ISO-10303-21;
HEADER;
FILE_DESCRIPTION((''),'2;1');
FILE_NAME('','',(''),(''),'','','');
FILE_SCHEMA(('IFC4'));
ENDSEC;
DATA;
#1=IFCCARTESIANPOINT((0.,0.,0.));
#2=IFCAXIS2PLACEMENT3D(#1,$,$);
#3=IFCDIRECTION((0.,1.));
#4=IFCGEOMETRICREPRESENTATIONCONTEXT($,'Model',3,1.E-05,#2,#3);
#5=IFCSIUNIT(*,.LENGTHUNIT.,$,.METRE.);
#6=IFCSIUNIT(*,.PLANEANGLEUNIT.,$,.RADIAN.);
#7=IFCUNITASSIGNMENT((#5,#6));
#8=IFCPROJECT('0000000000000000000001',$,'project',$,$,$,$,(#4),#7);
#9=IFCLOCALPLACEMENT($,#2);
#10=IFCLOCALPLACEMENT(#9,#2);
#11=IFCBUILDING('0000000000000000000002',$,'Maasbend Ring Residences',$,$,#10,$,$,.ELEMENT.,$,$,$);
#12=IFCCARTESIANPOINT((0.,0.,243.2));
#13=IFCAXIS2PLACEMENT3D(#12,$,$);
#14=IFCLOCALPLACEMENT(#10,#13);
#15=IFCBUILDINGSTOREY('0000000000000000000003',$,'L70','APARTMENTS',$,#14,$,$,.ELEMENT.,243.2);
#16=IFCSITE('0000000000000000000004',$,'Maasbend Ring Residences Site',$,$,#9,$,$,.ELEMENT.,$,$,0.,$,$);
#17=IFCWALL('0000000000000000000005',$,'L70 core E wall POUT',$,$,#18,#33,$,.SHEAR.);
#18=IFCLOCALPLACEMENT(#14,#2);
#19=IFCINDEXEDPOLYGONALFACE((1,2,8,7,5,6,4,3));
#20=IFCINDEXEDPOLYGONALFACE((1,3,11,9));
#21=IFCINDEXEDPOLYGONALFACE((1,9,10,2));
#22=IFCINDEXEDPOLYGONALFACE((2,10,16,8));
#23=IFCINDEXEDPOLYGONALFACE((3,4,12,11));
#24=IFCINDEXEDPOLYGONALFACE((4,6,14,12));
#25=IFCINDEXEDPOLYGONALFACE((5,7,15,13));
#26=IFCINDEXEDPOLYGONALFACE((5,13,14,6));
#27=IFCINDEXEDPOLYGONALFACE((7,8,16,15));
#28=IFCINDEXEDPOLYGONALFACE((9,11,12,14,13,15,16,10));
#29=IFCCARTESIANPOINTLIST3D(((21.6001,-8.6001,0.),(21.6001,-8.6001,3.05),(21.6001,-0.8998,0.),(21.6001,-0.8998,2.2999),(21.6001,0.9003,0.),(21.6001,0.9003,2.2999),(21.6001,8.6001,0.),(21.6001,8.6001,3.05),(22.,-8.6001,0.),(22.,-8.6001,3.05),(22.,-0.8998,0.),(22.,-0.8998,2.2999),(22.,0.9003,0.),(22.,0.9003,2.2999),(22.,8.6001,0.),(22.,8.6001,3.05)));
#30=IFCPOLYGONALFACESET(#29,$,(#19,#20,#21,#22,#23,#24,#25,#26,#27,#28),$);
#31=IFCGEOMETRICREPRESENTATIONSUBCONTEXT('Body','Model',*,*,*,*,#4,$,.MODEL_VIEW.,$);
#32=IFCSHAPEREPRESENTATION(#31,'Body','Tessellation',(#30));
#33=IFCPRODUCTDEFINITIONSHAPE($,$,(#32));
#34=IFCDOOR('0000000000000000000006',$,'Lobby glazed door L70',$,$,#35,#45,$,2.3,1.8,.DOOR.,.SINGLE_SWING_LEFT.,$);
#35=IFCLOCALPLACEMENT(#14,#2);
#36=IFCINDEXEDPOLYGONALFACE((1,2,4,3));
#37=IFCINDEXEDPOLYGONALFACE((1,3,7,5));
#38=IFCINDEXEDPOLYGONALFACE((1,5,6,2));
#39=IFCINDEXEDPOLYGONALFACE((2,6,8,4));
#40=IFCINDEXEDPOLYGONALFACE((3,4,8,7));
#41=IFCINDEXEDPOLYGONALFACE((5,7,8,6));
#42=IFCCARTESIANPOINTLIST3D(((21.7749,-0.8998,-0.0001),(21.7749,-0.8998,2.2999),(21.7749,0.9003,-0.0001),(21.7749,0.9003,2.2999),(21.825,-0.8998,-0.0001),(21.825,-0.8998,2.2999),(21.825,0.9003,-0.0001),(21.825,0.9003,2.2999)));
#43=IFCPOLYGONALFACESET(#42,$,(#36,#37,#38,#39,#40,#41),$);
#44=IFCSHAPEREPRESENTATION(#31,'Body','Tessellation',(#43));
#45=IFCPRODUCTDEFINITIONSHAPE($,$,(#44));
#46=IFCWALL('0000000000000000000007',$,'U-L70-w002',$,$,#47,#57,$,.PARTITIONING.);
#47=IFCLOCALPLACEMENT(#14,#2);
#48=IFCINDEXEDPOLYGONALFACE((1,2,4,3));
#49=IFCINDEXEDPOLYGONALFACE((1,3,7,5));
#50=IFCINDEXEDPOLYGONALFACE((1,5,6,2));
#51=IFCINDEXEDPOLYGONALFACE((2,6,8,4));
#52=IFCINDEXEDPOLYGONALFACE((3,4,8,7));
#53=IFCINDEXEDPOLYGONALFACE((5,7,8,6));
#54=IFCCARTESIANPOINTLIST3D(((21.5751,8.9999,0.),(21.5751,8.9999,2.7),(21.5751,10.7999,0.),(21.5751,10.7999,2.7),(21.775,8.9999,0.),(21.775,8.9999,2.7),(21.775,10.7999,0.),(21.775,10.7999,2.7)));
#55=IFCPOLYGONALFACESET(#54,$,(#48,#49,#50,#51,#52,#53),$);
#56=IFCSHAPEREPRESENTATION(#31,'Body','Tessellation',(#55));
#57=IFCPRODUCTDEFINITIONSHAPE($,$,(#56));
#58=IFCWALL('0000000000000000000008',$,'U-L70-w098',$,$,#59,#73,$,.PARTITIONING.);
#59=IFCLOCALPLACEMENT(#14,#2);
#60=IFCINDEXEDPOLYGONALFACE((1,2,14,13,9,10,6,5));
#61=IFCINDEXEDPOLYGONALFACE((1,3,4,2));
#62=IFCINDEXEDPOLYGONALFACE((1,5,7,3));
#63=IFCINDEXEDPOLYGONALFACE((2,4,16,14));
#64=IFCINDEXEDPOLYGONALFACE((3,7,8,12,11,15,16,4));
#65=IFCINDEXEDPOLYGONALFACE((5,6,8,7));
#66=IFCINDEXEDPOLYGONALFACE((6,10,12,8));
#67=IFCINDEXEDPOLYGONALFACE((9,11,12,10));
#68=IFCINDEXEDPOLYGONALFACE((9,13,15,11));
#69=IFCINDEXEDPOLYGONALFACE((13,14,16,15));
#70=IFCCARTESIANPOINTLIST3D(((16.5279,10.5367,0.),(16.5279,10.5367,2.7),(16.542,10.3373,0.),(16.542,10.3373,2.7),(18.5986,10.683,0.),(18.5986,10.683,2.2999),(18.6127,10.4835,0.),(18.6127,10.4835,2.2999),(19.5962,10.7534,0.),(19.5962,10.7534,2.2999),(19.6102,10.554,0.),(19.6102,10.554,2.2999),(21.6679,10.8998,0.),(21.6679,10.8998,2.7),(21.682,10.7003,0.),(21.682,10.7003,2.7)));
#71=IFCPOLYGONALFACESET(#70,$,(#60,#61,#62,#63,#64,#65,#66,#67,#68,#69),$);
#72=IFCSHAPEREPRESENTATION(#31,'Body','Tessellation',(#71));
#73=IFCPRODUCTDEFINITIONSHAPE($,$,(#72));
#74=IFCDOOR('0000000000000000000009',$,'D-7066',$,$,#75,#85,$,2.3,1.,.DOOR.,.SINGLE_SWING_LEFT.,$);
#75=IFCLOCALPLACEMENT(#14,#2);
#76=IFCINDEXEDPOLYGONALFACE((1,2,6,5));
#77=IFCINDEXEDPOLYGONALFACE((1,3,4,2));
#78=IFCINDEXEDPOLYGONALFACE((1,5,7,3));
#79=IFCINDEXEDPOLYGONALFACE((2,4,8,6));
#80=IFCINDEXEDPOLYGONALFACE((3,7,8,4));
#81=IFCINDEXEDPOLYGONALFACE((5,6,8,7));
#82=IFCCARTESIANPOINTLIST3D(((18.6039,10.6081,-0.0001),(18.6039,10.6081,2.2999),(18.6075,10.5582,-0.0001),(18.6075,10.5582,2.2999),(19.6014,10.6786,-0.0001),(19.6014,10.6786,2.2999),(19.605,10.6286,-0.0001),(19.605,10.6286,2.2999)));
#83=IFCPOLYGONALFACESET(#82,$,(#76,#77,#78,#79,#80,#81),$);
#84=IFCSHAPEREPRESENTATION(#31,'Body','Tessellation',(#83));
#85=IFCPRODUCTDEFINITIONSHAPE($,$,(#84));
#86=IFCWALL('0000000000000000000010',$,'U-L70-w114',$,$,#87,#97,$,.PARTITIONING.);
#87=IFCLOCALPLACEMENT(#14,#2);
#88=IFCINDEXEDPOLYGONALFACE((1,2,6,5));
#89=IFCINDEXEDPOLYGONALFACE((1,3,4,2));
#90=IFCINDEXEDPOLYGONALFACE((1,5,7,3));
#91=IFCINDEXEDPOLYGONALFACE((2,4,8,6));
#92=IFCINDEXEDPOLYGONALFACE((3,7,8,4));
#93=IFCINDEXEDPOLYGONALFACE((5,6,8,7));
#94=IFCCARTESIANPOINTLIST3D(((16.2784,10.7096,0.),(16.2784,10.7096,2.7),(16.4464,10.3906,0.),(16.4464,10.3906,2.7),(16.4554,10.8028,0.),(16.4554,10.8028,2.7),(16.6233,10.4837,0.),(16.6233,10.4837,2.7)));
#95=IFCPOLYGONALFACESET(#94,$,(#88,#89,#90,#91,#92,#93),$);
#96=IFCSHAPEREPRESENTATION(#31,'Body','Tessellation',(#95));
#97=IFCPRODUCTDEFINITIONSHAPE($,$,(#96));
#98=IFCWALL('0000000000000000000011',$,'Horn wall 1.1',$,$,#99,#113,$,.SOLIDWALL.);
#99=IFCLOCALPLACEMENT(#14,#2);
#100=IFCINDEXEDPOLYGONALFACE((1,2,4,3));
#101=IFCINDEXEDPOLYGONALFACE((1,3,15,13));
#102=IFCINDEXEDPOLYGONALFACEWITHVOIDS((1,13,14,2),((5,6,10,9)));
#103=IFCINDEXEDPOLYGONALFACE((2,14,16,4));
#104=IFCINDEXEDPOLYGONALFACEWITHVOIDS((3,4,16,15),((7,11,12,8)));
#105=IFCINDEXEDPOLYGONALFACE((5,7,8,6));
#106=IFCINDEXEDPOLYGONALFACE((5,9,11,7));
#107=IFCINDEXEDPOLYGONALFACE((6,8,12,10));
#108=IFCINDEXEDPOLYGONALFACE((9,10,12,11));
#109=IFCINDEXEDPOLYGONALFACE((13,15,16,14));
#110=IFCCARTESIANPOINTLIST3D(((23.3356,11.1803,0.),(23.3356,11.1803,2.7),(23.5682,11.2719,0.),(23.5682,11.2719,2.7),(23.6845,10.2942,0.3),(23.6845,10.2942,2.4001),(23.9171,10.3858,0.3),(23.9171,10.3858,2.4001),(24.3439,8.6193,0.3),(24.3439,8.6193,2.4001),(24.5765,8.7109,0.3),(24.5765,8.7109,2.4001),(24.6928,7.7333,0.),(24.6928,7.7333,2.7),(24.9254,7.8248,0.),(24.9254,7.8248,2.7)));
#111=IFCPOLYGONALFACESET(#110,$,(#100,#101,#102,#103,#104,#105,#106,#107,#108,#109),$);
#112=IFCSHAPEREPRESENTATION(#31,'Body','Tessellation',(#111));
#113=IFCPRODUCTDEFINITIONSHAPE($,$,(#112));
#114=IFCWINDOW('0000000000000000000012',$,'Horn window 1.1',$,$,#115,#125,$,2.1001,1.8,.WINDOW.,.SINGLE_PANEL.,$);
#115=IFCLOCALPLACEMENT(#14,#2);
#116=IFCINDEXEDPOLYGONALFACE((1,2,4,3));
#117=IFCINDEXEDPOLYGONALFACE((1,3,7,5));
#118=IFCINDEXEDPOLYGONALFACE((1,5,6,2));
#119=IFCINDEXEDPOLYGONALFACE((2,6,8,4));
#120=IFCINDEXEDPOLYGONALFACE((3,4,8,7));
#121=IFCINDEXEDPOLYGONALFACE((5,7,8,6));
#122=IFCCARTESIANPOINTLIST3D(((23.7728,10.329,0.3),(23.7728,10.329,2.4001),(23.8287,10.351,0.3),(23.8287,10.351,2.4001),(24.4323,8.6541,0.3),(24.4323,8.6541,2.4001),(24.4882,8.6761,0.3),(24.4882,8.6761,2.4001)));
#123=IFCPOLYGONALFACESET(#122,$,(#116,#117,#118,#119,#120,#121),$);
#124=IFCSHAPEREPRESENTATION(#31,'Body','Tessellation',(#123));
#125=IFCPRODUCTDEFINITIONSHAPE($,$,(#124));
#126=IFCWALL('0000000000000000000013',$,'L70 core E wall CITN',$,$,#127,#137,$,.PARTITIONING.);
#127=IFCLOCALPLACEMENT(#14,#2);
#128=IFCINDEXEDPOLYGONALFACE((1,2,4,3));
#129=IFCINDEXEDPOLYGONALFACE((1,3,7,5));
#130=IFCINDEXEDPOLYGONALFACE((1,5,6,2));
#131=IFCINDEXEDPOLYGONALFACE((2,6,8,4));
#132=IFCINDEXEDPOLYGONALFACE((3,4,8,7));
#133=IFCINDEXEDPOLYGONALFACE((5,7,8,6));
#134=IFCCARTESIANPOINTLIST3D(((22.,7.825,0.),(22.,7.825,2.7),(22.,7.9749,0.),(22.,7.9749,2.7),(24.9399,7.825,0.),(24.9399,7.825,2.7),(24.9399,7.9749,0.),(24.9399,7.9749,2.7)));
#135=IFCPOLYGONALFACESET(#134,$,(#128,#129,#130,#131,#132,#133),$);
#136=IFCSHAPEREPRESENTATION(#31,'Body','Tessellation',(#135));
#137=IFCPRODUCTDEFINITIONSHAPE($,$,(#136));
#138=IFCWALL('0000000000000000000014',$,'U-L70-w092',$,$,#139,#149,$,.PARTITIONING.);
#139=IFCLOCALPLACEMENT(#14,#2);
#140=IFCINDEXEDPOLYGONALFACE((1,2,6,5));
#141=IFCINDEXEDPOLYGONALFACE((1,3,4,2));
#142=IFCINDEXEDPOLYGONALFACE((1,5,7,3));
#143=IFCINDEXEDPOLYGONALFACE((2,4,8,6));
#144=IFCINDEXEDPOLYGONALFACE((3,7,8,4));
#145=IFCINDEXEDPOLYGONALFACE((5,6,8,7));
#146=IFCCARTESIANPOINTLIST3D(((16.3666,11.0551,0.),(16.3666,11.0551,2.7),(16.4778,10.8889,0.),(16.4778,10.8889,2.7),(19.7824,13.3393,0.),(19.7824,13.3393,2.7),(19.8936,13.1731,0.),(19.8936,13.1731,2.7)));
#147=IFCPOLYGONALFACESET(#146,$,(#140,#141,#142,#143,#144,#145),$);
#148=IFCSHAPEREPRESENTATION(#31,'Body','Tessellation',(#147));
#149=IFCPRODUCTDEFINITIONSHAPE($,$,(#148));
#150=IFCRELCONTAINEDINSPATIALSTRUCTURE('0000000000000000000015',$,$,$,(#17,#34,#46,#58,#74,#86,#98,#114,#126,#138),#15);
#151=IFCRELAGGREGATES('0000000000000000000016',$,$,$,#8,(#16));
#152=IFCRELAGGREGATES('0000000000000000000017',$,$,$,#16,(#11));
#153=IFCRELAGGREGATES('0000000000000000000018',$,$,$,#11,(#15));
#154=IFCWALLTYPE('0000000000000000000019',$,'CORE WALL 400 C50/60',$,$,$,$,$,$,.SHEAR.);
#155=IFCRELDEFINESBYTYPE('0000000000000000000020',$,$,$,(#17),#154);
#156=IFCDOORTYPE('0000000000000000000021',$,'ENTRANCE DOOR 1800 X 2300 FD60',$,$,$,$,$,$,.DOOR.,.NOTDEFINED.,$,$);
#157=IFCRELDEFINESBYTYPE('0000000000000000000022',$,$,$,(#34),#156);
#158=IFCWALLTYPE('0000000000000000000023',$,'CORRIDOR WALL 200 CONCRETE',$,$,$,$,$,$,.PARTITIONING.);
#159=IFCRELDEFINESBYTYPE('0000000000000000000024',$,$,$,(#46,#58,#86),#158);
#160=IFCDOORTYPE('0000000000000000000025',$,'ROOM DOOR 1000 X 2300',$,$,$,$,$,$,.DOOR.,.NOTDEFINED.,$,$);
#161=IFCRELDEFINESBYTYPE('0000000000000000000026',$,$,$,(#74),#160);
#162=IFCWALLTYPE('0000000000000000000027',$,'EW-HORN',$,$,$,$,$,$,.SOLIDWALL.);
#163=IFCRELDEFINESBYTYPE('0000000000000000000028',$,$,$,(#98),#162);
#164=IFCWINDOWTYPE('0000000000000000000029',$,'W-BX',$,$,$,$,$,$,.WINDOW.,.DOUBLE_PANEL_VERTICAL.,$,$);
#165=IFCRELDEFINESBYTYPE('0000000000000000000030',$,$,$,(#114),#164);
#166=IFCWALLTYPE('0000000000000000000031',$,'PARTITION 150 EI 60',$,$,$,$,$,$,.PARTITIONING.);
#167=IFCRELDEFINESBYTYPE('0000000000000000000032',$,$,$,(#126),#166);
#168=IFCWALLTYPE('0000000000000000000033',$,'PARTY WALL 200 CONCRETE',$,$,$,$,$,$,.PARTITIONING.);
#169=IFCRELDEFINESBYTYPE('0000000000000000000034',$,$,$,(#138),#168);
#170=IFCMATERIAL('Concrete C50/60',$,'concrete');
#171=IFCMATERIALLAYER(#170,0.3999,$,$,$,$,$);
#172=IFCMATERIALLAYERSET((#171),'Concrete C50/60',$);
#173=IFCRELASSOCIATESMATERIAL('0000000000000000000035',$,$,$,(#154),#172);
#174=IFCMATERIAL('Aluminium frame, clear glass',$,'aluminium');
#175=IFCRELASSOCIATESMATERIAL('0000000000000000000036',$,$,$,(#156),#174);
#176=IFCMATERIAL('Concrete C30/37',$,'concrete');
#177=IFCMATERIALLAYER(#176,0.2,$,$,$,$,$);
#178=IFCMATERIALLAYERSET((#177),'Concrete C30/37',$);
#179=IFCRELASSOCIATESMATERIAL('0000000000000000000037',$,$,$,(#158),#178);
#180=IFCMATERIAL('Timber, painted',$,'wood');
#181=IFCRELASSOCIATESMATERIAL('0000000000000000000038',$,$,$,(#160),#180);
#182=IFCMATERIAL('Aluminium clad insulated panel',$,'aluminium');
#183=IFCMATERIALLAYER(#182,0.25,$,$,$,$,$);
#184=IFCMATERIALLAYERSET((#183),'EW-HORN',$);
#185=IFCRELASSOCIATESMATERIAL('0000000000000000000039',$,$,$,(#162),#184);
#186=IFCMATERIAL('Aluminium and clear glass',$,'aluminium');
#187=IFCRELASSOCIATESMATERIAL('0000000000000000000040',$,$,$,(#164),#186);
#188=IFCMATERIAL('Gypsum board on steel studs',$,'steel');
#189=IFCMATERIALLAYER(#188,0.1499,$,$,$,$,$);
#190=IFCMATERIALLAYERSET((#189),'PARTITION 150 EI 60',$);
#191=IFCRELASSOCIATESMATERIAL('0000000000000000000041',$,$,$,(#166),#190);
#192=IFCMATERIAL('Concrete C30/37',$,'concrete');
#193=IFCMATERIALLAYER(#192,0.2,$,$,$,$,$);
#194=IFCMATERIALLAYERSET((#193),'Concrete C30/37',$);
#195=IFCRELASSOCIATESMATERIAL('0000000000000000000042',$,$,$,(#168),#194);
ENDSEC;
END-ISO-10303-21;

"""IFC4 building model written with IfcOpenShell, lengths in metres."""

from ifc_helpers import new_model, si_unit, direction, frame, frame_2d, origin, place, context, subcontext, project, spatial, rectangle, extrude, material, layer, layer_set, type_object, element, fill, save


model = new_model("IFC4")

# Units and contexts
model_context = context("Model", 3, precision=1e-05, world=origin(), true_north=direction((0.0, 1.0)))
body_context = subcontext(model_context, "Body", "Model", "MODEL_VIEW")
ifc_project = project(units=[si_unit("LENGTHUNIT", "METRE"), si_unit("PLANEANGLEUNIT", "RADIAN")], contexts=[model_context])

# Site, building, storey
site_placement = place(None, origin())
site = spatial("IfcSite", under=ifc_project, at=site_placement, Name="Maasbend Ring Residences Site", CompositionType="ELEMENT", RefElevation=0.0)
building_placement = place(site_placement, origin())
building = spatial("IfcBuilding", under=site, at=building_placement, Name="Maasbend Ring Residences", CompositionType="ELEMENT")
storey_placement = place(building_placement, frame((0.0, 0.0, 243.2)))
storey = spatial("IfcBuildingStorey", under=building, at=storey_placement, Name="L70", Description="APARTMENTS", CompositionType="ELEMENT", Elevation=243.2)

# Wall, opening, door
ifc_material_1 = material(Name="Concrete C50/60", Category="concrete")
ifc_layer_1 = layer(ifc_material_1, 0.3999)
ifc_layer_set_1 = layer_set([ifc_layer_1], Name="Concrete C50/60")
wall_type_1 = type_object("IfcWallType", Name="CORE WALL 400 C50/60", PredefinedType="SHEAR", material=ifc_layer_set_1)
wall_1_placement = place(storey_placement, frame((21.8, 8.6001, 0.0), z_axis=(0.0, 0.0, 1.0), x_axis=(0.0, -1.0, 0.0)))
wall_1 = element("IfcWall", 1, at=wall_1_placement, inside=storey, type_object=wall_type_1, Name="L70 core E wall POUT", PredefinedType="SHEAR", context=body_context, shape_type="SweptSolid", body=[
    extrude(rectangle(XDim=17.2002, YDim=0.3999, at=frame_2d((8.6001, 0.0))), origin(), (0.0, 0.0, 1.0), 3.05),
])
opening_1_placement = place(wall_1_placement, frame((7.7, 0.0, 0.0)))
opening_1 = element("IfcOpeningElement", 2, at=opening_1_placement, cuts=wall_1, PredefinedType="OPENING", context=body_context, shape_type="SweptSolid", body=[
    extrude(rectangle(XDim=1.8, YDim=2.3, at=frame_2d((0.8999, 1.1499))), frame((0.0, 0.21, 0.0), z_axis=(0.0, -1.0, 0.0), x_axis=(1.0, 0.0, 0.0)), (0.0, 0.0, 1.0), 0.4199),
])
ifc_material_2 = material(Name="Aluminium frame, clear glass", Category="aluminium")
door_type_1 = type_object("IfcDoorType", Name="ENTRANCE DOOR 1800 X 2300 FD60", OperationType="NOTDEFINED", PredefinedType="DOOR", material=ifc_material_2)
door_1_placement = place(opening_1_placement, origin())
door_1 = element("IfcDoor", 3, at=door_1_placement, inside=storey, type_object=door_type_1, Name="Lobby glazed door L70", OperationType="SINGLE_SWING_LEFT", OverallHeight=2.3, OverallWidth=1.8, PredefinedType="DOOR", context=body_context, shape_type="SweptSolid", body=[
    extrude(rectangle(XDim=1.8, YDim=2.3, at=frame_2d((0.8999, 1.1499))), frame((0.0, 0.0249, 0.0), z_axis=(0.0, -1.0, 0.0), x_axis=(1.0, 0.0, 0.0)), (0.0, 0.0, 1.0), 0.05),
])
fill(opening_1, door_1)

# Wall
ifc_material_3 = material(Name="Concrete C30/37", Category="concrete")
ifc_layer_2 = layer(ifc_material_3, 0.2)
ifc_layer_set_2 = layer_set([ifc_layer_2], Name="Concrete C30/37")
wall_type_2 = type_object("IfcWallType", Name="CORRIDOR WALL 200 CONCRETE", PredefinedType="PARTITIONING", material=ifc_layer_set_2)
wall_2_placement = place(storey_placement, frame((21.675, 9.0, 0.0), z_axis=(0.0, 0.0, 1.0), x_axis=(0.0, 1.0, 0.0)))
element("IfcWall", 4, at=wall_2_placement, inside=storey, type_object=wall_type_2, Name="U-L70-w002", PredefinedType="PARTITIONING", context=body_context, shape_type="SweptSolid", body=[
    extrude(rectangle(XDim=1.8, YDim=0.2, at=frame_2d((0.8999, 0.0))), origin(), (0.0, 0.0, 1.0), 2.7),
])

# Wall, opening, door
wall_3_placement = place(storey_placement, frame((16.5349, 10.437, 0.0), z_axis=(0.0, 0.0, 1.0), x_axis=(0.997515, 0.070452, 0.0)))
wall_3 = element("IfcWall", 5, at=wall_3_placement, inside=storey, type_object=wall_type_2, Name="U-L70-w098", PredefinedType="PARTITIONING", context=body_context, shape_type="SweptSolid", body=[
    extrude(rectangle(XDim=5.1528, YDim=0.2, at=frame_2d((2.5764, 0.0))), origin(), (0.0, 0.0, 1.0), 2.7),
])
opening_2_placement = place(wall_3_placement, frame((2.0759, 0.0, 0.0)))
opening_2 = element("IfcOpeningElement", 6, at=opening_2_placement, cuts=wall_3, PredefinedType="OPENING", context=body_context, shape_type="SweptSolid", body=[
    extrude(rectangle(XDim=1.0, YDim=2.3, at=frame_2d((0.5, 1.1499))), frame((0.0, 0.1099, 0.0), z_axis=(0.0, -1.0, 0.0), x_axis=(1.0, 0.0, 0.0)), (0.0, 0.0, 1.0), 0.22),
])
ifc_material_4 = material(Name="Timber, painted", Category="wood")
door_type_2 = type_object("IfcDoorType", Name="ROOM DOOR 1000 X 2300", OperationType="NOTDEFINED", PredefinedType="DOOR", material=ifc_material_4)
door_2_placement = place(opening_2_placement, origin())
door_2 = element("IfcDoor", 7, at=door_2_placement, inside=storey, type_object=door_type_2, Name="D-7066", OperationType="SINGLE_SWING_LEFT", OverallHeight=2.3, OverallWidth=1.0, PredefinedType="DOOR", context=body_context, shape_type="SweptSolid", body=[
    extrude(rectangle(XDim=1.0, YDim=2.3, at=frame_2d((0.5, 1.1499))), frame((0.0, 0.0249, 0.0), z_axis=(0.0, -1.0, 0.0), x_axis=(1.0, 0.0, 0.0)), (0.0, 0.0, 1.0), 0.05),
])
fill(opening_2, door_2)

# Wall
wall_4_placement = place(storey_placement, frame((16.3669, 10.7561, 0.0), z_axis=(0.0, 0.0, 1.0), x_axis=(0.465802, -0.884889, 0.0)))
element("IfcWall", 8, at=wall_4_placement, inside=storey, type_object=wall_type_2, Name="U-L70-w114", PredefinedType="PARTITIONING", context=body_context, shape_type="SweptSolid", body=[
    extrude(rectangle(XDim=0.3606, YDim=0.2, at=frame_2d((0.1802, 0.0))), origin(), (0.0, 0.0, 1.0), 2.7),
])

# Wall, opening, window
ifc_material_5 = material(Name="Aluminium clad insulated panel", Category="aluminium")
ifc_layer_3 = layer(ifc_material_5, 0.25)
ifc_layer_set_3 = layer_set([ifc_layer_3], Name="EW-HORN")
wall_type_3 = type_object("IfcWallType", Name="EW-HORN", PredefinedType="SOLIDWALL", material=ifc_layer_set_3)
wall_5_placement = place(storey_placement, frame((24.8091, 7.7791, 0.0), z_axis=(0.0, 0.0, 1.0), x_axis=(-0.366352, 0.930476, 0.0)))
wall_5 = element("IfcWall", 9, at=wall_5_placement, inside=storey, type_object=wall_type_3, Name="Horn wall 1.1", PredefinedType="SOLIDWALL", context=body_context, shape_type="SweptSolid", body=[
    extrude(rectangle(XDim=3.7046, YDim=0.25, at=frame_2d((1.8523, 0.0))), origin(), (0.0, 0.0, 1.0), 2.7),
])
opening_3_placement = place(wall_5_placement, frame((0.9524, 0.0, 0.3)))
opening_3 = element("IfcOpeningElement", 10, at=opening_3_placement, cuts=wall_5, PredefinedType="OPENING", context=body_context, shape_type="SweptSolid", body=[
    extrude(rectangle(XDim=1.8, YDim=2.1001, at=frame_2d((0.8999, 1.05))), frame((0.0, 0.135, 0.0), z_axis=(0.0, -1.0, 0.0), x_axis=(1.0, 0.0, 0.0)), (0.0, 0.0, 1.0), 0.27),
])
ifc_material_6 = material(Name="Aluminium and clear glass", Category="aluminium")
window_type = type_object("IfcWindowType", Name="W-BX", PartitioningType="DOUBLE_PANEL_VERTICAL", PredefinedType="WINDOW", material=ifc_material_6)
window_placement = place(opening_3_placement, origin())
window = element("IfcWindow", 11, at=window_placement, inside=storey, type_object=window_type, Name="Horn window 1.1", OverallHeight=2.1001, OverallWidth=1.8, PartitioningType="SINGLE_PANEL", PredefinedType="WINDOW", context=body_context, shape_type="SweptSolid", body=[
    extrude(rectangle(XDim=1.8, YDim=2.1001, at=frame_2d((0.8999, 1.05))), frame((0.0, 0.03, 0.0), z_axis=(0.0, -1.0, 0.0), x_axis=(1.0, 0.0, 0.0)), (0.0, 0.0, 1.0), 0.0601),
])
fill(opening_3, window)

# Walls
ifc_material_7 = material(Name="Gypsum board on steel studs", Category="steel")
ifc_layer_4 = layer(ifc_material_7, 0.1499)
ifc_layer_set_4 = layer_set([ifc_layer_4], Name="PARTITION 150 EI 60")
wall_type_4 = type_object("IfcWallType", Name="PARTITION 150 EI 60", PredefinedType="PARTITIONING", material=ifc_layer_set_4)
wall_6_placement = place(storey_placement, frame((22.0, 7.8999, 0.0), z_axis=(0.0, 0.0, 1.0), x_axis=(1.0, 0.0, 0.0)))
element("IfcWall", 12, at=wall_6_placement, inside=storey, type_object=wall_type_4, Name="L70 core E wall CITN", PredefinedType="PARTITIONING", context=body_context, shape_type="SweptSolid", body=[
    extrude(rectangle(XDim=2.9399, YDim=0.1499, at=frame_2d((1.47, 0.0))), origin(), (0.0, 0.0, 1.0), 2.7),
])
ifc_material_8 = material(Name="Concrete C30/37", Category="concrete")
ifc_layer_5 = layer(ifc_material_8, 0.2)
ifc_layer_set_5 = layer_set([ifc_layer_5], Name="Concrete C30/37")
wall_type_5 = type_object("IfcWallType", Name="PARTY WALL 200 CONCRETE", PredefinedType="PARTITIONING", material=ifc_layer_set_5)
wall_7_placement = place(storey_placement, frame((16.4221, 10.9719, 0.0), z_axis=(0.0, 0.0, 1.0), x_axis=(0.831263, 0.555879, 0.0)))
element("IfcWall", 13, at=wall_7_placement, inside=storey, type_object=wall_type_5, Name="U-L70-w092", PredefinedType="PARTITIONING", context=body_context, shape_type="SweptSolid", body=[
    extrude(rectangle(XDim=4.1091, YDim=0.2, at=frame_2d((2.0547, 0.0))), origin(), (0.0, 0.0, 1.0), 2.7),
])

save(model, "model.ifc")
